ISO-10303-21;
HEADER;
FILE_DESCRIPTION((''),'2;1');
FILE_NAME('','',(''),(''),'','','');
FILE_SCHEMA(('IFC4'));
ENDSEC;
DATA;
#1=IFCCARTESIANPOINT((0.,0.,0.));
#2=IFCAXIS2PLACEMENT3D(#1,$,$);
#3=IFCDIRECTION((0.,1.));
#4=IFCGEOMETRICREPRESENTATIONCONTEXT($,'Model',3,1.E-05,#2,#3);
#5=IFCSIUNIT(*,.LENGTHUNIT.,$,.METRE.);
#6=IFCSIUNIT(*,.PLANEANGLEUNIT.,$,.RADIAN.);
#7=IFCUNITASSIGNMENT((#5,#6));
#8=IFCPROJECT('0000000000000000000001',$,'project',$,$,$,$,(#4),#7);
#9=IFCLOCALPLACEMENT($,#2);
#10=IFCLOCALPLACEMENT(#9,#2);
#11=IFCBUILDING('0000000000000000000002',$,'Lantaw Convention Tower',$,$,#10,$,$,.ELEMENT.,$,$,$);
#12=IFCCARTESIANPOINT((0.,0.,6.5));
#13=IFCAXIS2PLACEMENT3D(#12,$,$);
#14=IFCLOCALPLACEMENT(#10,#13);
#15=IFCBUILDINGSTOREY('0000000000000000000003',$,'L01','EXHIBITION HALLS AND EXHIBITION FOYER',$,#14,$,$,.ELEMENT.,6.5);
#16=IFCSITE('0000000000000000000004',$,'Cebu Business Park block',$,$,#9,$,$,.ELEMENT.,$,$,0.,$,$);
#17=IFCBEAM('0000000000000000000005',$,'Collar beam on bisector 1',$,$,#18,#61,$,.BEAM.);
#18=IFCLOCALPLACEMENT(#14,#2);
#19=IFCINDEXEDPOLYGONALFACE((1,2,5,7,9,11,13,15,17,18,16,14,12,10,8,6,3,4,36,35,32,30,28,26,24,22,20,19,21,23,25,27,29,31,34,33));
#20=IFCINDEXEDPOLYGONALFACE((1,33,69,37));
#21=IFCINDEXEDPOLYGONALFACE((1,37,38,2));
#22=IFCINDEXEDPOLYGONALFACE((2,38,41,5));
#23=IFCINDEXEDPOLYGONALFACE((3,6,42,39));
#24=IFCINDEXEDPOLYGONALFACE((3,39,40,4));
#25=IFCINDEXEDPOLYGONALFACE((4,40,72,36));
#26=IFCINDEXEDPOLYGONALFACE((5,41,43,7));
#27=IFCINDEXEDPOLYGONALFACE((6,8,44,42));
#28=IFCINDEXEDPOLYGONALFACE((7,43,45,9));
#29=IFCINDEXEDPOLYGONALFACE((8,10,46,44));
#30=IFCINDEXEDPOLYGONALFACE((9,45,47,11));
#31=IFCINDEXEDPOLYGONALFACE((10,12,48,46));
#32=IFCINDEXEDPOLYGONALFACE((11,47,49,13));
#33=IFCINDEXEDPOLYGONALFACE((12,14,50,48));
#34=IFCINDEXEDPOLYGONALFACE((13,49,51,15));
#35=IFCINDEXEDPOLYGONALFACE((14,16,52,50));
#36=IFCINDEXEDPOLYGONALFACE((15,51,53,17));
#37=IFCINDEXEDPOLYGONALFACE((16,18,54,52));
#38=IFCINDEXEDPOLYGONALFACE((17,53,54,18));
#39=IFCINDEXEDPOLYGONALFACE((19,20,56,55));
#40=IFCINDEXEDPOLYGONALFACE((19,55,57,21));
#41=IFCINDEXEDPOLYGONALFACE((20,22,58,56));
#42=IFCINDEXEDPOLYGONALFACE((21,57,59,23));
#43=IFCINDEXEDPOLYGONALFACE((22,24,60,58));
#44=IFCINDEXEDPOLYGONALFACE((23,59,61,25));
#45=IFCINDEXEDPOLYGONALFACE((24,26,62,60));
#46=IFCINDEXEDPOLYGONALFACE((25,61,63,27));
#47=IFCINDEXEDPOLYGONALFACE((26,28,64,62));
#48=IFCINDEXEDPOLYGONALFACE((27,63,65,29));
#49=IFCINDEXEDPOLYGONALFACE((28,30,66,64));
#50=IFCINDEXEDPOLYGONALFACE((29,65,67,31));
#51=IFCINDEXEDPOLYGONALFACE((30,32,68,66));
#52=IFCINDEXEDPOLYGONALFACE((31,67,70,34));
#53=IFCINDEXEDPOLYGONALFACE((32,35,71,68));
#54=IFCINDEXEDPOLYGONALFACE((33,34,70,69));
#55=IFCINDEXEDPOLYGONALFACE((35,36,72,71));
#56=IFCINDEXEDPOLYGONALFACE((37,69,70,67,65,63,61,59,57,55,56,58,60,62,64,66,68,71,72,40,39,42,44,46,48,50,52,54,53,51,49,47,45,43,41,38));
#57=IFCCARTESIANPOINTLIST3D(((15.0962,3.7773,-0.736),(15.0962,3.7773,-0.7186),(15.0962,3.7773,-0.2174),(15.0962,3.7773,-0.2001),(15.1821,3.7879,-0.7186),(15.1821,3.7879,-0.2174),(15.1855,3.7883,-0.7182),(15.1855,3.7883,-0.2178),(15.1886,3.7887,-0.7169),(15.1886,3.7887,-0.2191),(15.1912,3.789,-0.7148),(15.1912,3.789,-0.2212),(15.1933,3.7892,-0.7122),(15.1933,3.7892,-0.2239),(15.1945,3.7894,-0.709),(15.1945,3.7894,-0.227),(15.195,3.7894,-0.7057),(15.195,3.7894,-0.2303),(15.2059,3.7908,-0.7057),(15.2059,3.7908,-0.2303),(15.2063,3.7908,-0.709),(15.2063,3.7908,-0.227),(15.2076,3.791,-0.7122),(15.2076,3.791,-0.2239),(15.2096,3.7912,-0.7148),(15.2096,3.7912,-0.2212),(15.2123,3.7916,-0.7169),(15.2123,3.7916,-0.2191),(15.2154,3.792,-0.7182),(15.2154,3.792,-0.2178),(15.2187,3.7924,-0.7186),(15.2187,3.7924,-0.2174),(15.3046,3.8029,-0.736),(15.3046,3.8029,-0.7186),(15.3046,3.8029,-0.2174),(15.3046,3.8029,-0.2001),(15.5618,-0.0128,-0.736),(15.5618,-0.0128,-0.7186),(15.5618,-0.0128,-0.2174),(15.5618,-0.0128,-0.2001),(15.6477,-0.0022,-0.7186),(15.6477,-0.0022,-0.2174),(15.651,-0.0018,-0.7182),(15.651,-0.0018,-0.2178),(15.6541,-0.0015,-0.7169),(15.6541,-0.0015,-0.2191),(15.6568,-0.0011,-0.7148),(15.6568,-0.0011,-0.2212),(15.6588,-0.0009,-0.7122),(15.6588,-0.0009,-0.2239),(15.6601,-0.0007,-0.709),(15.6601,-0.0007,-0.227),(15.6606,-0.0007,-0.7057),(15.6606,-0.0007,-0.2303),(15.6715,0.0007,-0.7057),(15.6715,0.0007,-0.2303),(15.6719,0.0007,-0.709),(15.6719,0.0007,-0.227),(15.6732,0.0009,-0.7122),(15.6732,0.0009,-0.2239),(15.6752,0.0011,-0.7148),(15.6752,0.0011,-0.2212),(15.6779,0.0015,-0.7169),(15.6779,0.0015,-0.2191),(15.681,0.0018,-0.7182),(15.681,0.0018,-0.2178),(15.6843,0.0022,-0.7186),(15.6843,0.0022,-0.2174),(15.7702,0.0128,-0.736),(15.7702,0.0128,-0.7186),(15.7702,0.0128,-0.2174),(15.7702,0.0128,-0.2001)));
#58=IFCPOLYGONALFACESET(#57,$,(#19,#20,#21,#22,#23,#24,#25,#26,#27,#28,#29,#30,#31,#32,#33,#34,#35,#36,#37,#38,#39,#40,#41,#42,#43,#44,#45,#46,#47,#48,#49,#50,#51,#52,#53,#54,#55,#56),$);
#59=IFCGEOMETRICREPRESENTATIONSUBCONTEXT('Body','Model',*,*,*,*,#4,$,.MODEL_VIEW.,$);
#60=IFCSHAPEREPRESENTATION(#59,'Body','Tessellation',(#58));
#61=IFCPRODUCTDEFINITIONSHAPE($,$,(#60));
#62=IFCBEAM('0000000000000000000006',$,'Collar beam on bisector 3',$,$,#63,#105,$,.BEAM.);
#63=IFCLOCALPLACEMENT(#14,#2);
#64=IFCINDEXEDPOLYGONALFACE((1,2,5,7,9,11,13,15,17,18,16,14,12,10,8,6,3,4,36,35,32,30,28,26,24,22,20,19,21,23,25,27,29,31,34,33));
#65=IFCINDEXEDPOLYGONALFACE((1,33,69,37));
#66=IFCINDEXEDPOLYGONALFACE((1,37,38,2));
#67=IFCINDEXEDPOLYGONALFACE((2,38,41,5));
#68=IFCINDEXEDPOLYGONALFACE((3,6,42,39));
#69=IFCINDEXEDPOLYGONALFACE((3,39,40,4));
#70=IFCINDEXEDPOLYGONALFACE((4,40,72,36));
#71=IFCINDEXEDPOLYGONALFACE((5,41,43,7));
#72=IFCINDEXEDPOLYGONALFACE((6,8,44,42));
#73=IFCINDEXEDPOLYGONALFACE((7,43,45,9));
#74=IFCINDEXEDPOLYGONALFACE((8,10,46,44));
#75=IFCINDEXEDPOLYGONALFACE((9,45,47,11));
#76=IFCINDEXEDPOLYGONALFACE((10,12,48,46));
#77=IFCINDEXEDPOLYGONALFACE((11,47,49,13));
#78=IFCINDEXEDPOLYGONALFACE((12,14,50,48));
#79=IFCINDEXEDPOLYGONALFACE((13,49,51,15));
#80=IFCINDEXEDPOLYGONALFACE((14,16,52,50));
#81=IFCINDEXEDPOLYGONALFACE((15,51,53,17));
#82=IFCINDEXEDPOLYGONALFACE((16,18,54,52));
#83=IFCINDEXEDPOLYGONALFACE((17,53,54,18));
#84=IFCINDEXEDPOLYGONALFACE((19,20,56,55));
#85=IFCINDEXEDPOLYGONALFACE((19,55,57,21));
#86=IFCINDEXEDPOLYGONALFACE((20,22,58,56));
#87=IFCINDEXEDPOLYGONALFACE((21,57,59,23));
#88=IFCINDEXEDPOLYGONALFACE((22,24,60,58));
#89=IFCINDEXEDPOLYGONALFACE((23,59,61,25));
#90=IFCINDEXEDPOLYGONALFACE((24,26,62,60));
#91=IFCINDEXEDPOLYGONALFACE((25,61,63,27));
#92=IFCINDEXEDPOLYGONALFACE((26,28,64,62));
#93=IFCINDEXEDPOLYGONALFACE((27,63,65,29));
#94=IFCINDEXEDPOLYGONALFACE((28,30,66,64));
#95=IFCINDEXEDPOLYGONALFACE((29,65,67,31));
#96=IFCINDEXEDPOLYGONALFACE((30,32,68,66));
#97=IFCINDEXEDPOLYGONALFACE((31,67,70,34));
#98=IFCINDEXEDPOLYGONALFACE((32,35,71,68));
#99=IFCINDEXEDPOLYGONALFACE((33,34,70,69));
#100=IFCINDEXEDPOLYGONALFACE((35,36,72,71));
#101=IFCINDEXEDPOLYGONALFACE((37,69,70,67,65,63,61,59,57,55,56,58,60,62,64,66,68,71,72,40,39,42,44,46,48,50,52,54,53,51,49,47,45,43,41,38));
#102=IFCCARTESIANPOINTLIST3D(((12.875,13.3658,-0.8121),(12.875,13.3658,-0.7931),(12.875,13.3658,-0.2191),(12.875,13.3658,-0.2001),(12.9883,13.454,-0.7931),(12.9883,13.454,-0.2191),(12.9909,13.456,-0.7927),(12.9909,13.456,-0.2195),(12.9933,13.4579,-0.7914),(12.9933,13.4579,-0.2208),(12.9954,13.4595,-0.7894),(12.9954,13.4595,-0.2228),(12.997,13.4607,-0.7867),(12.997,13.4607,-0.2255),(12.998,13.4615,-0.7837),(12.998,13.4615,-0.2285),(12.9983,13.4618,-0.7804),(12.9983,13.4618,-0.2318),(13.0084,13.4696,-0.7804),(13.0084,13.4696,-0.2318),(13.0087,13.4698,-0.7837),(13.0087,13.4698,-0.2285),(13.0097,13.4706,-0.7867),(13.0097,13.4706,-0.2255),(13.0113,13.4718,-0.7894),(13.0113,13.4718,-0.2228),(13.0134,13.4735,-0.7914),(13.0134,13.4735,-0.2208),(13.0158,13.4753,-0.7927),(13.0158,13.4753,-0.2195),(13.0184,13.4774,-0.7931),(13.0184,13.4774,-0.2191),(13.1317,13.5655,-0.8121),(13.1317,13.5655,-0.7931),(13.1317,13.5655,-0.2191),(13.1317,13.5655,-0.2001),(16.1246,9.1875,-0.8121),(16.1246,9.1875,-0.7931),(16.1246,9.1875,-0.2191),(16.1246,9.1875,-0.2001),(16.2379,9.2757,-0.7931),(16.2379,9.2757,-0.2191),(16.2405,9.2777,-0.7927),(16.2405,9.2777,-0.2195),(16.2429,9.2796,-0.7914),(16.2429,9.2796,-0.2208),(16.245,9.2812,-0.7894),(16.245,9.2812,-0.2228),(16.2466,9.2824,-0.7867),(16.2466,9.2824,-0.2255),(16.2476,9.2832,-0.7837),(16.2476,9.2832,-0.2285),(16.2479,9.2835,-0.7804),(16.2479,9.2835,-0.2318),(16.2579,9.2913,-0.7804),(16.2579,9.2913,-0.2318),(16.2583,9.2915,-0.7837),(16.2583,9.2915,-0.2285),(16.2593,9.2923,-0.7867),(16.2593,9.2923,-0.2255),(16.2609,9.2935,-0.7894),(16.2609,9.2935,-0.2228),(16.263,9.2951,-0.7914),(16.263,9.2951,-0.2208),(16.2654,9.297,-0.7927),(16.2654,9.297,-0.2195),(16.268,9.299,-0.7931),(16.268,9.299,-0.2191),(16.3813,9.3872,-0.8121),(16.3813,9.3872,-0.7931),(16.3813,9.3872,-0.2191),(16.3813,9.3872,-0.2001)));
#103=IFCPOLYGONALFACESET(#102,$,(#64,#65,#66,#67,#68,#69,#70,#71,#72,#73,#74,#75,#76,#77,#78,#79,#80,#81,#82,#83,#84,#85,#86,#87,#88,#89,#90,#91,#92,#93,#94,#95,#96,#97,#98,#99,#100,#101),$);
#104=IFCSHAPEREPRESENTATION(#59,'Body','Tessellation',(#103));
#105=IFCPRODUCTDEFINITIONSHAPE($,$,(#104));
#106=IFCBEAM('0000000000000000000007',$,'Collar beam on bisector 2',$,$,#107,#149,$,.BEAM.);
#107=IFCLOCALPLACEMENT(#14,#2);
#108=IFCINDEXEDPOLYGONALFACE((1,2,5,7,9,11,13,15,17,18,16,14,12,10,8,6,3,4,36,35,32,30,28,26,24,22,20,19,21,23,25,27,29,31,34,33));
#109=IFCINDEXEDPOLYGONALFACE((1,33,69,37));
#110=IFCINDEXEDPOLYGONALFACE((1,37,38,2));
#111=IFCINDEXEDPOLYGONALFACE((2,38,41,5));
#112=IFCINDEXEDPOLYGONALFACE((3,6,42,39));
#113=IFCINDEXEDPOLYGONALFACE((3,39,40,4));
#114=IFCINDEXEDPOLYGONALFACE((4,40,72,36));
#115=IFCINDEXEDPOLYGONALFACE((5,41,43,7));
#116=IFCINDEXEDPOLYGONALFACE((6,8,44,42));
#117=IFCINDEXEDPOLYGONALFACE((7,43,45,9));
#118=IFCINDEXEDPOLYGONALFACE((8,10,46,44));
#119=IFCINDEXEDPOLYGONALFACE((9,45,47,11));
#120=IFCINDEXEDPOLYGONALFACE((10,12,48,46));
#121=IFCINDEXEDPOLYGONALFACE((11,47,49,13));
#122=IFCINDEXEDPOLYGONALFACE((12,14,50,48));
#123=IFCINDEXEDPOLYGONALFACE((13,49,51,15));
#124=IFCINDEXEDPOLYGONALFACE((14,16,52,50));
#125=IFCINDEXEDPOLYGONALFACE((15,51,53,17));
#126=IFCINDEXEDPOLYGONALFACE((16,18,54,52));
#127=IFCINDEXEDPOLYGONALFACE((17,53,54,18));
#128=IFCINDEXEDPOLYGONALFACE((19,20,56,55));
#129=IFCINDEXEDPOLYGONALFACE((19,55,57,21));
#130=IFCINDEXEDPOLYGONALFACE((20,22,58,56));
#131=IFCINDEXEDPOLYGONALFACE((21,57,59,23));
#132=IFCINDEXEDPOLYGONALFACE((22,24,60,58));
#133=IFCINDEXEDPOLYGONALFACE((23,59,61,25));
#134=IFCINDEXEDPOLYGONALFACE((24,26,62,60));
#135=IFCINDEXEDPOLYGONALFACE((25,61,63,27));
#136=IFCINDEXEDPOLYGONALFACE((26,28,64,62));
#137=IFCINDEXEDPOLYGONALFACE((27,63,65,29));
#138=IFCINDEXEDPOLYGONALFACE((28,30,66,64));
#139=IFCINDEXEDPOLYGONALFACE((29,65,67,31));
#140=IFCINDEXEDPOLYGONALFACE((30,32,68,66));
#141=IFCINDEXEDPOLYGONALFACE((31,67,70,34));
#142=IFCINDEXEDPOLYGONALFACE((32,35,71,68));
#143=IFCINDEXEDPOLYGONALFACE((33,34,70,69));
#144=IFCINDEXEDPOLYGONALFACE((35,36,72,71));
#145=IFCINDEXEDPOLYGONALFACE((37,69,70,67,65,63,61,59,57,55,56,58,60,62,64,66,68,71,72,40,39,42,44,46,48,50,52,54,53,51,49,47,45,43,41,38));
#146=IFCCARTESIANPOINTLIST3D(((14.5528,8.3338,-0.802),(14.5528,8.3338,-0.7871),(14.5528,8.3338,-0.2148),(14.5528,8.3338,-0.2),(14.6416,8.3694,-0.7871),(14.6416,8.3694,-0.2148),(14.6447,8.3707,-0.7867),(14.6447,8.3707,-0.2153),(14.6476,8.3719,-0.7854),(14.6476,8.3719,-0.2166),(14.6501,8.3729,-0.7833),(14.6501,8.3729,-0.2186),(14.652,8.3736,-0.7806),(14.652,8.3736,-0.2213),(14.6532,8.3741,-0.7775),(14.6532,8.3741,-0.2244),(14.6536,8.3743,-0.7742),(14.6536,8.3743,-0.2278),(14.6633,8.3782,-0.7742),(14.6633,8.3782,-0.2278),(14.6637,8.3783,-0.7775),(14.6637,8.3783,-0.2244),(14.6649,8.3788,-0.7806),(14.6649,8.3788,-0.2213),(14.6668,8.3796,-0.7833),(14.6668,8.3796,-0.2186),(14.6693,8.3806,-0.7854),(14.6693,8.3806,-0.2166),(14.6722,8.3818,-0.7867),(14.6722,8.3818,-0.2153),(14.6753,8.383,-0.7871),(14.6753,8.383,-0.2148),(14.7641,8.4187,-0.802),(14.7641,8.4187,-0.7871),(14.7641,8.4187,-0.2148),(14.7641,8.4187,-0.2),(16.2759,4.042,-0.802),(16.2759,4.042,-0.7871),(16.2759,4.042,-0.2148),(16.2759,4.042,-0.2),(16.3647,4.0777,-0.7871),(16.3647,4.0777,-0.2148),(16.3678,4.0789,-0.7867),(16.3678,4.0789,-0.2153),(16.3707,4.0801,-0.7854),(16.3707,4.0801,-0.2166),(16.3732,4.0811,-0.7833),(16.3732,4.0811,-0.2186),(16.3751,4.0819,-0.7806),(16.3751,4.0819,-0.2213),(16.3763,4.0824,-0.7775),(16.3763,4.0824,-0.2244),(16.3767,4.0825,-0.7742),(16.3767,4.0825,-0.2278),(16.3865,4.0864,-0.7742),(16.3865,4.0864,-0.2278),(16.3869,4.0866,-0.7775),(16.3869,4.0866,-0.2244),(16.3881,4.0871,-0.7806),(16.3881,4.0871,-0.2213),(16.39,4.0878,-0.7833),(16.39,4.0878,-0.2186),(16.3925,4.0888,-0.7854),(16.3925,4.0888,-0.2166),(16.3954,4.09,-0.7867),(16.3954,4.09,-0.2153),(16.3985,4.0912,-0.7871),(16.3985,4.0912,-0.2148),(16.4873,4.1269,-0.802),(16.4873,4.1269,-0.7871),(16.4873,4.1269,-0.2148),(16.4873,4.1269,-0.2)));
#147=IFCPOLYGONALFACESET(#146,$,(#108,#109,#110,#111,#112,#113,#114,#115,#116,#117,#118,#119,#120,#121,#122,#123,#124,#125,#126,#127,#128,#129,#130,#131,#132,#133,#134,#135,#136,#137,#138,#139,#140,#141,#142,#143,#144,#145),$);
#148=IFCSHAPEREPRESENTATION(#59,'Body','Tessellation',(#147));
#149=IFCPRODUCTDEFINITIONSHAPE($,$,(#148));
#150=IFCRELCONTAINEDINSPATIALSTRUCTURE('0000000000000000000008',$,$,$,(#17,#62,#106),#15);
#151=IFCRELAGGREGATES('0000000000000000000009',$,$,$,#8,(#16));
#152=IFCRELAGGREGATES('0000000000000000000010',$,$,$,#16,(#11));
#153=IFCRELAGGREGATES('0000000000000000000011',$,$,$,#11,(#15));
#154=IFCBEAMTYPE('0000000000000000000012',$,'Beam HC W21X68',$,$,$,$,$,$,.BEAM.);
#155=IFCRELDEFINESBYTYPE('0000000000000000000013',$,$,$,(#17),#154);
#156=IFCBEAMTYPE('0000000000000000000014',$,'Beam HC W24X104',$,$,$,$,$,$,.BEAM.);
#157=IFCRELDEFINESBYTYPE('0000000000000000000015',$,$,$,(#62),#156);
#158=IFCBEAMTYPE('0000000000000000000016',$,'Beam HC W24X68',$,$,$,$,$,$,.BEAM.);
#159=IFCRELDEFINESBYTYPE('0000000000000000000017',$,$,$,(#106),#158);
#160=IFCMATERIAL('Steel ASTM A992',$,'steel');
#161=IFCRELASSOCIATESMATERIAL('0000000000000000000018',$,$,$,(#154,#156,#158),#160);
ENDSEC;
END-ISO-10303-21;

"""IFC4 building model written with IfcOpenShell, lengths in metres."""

from ifc_helpers import new_model, si_unit, direction, frame, origin, origin_2d, place, context, subcontext, project, spatial, i_section, extrude, material, material_profile, profile_set, type_object, element, save


model = new_model("IFC4")

# Units and contexts
model_context = context("Model", 3, precision=1e-05, world=origin(), true_north=direction((0.0, 1.0)))
body_context = subcontext(model_context, "Body", "Model", "MODEL_VIEW")
ifc_project = project(units=[si_unit("LENGTHUNIT", "METRE"), si_unit("PLANEANGLEUNIT", "RADIAN")], contexts=[model_context])

# Site, building, storey
site_placement = place(None, origin())
site = spatial("IfcSite", under=ifc_project, at=site_placement, Name="Cebu Business Park block", CompositionType="ELEMENT", RefElevation=0.0)
building_placement = place(site_placement, origin())
building = spatial("IfcBuilding", under=site, at=building_placement, Name="Lantaw Convention Tower", CompositionType="ELEMENT")
storey_placement = place(building_placement, frame((0.0, 0.0, 6.5)))
storey = spatial("IfcBuildingStorey", under=building, at=storey_placement, Name="L01", Description="EXHIBITION HALLS AND EXHIBITION FOYER", CompositionType="ELEMENT", Elevation=6.5)

# Beams
ifc_material_1 = material(Name="Steel ASTM A992", Category="steel")
ifc_material_profile_1 = material_profile(ifc_material_1, i_section(OverallWidth=0.21, OverallDepth=0.5359, WebThickness=0.011, FlangeThickness=0.0173, FilletRadius=0.0129, at=origin_2d()), Name="W21X68")
ifc_profile_set_1 = profile_set([ifc_material_profile_1], Name="Steel ASTM A992")
beam_type_1 = type_object("IfcBeamType", Name="Beam HC W21X68", PredefinedType="BEAM", material=ifc_profile_set_1)
beam_1_placement = place(storey_placement, frame((15.666, 0.0, -0.468), z_axis=(-0.121926, 0.992539, 0.0), x_axis=(-0.992539, -0.121926, 0.0)))
element("IfcBeam", 1, at=beam_1_placement, inside=storey, type_object=beam_type_1, Name="Collar beam on bisector 1", PredefinedType="BEAM", context=body_context, shape_type="SweptSolid", body=[
    extrude(i_section(OverallWidth=0.21, OverallDepth=0.5359, WebThickness=0.011, FlangeThickness=0.0173, FilletRadius=0.0129, at=origin_2d()), origin(), (0.0, 0.0, 1.0), 3.8186),
])
ifc_material_profile_2 = material_profile(ifc_material_1, i_section(OverallWidth=0.3252, OverallDepth=0.6121, WebThickness=0.0127, FlangeThickness=0.019, FilletRadius=0.0127, at=origin_2d()), Name="W24X104")
ifc_profile_set_2 = profile_set([ifc_material_profile_2], Name="Steel ASTM A992")
beam_type_2 = type_object("IfcBeamType", Name="Beam HC W24X104", PredefinedType="BEAM", material=ifc_profile_set_2)
beam_2_placement = place(storey_placement, frame((16.2529, 9.2874, -0.5061), z_axis=(-0.613915, 0.789372, 0.0), x_axis=(-0.789372, -0.613915, 0.0)))
element("IfcBeam", 2, at=beam_2_placement, inside=storey, type_object=beam_type_2, Name="Collar beam on bisector 3", PredefinedType="BEAM", context=body_context, shape_type="SweptSolid", body=[
    extrude(i_section(OverallWidth=0.3252, OverallDepth=0.6121, WebThickness=0.0127, FlangeThickness=0.019, FilletRadius=0.0127, at=origin_2d()), origin(), (0.0, 0.0, 1.0), 5.2932),
])
ifc_material_profile_3 = material_profile(ifc_material_1, i_section(OverallWidth=0.2278, OverallDepth=0.6021, WebThickness=0.0105, FlangeThickness=0.0149, FilletRadius=0.0129, at=origin_2d()), Name="W24X68")
ifc_profile_set_3 = profile_set([ifc_material_profile_3], Name="Steel ASTM A992")
beam_type_3 = type_object("IfcBeamType", Name="Beam HC W24X68", PredefinedType="BEAM", material=ifc_profile_set_3)
beam_3_placement = place(storey_placement, frame((16.3816, 4.0845, -0.501), z_axis=(-0.372592, 0.927995, 0.0), x_axis=(-0.927995, -0.372592, 0.0)))
element("IfcBeam", 3, at=beam_3_placement, inside=storey, type_object=beam_type_3, Name="Collar beam on bisector 2", PredefinedType="BEAM", context=body_context, shape_type="SweptSolid", body=[
    extrude(i_section(OverallWidth=0.2278, OverallDepth=0.6021, WebThickness=0.0105, FlangeThickness=0.0149, FilletRadius=0.0129, at=origin_2d()), origin(), (0.0, 0.0, 1.0), 4.6248),
])

save(model, "model.ifc")
